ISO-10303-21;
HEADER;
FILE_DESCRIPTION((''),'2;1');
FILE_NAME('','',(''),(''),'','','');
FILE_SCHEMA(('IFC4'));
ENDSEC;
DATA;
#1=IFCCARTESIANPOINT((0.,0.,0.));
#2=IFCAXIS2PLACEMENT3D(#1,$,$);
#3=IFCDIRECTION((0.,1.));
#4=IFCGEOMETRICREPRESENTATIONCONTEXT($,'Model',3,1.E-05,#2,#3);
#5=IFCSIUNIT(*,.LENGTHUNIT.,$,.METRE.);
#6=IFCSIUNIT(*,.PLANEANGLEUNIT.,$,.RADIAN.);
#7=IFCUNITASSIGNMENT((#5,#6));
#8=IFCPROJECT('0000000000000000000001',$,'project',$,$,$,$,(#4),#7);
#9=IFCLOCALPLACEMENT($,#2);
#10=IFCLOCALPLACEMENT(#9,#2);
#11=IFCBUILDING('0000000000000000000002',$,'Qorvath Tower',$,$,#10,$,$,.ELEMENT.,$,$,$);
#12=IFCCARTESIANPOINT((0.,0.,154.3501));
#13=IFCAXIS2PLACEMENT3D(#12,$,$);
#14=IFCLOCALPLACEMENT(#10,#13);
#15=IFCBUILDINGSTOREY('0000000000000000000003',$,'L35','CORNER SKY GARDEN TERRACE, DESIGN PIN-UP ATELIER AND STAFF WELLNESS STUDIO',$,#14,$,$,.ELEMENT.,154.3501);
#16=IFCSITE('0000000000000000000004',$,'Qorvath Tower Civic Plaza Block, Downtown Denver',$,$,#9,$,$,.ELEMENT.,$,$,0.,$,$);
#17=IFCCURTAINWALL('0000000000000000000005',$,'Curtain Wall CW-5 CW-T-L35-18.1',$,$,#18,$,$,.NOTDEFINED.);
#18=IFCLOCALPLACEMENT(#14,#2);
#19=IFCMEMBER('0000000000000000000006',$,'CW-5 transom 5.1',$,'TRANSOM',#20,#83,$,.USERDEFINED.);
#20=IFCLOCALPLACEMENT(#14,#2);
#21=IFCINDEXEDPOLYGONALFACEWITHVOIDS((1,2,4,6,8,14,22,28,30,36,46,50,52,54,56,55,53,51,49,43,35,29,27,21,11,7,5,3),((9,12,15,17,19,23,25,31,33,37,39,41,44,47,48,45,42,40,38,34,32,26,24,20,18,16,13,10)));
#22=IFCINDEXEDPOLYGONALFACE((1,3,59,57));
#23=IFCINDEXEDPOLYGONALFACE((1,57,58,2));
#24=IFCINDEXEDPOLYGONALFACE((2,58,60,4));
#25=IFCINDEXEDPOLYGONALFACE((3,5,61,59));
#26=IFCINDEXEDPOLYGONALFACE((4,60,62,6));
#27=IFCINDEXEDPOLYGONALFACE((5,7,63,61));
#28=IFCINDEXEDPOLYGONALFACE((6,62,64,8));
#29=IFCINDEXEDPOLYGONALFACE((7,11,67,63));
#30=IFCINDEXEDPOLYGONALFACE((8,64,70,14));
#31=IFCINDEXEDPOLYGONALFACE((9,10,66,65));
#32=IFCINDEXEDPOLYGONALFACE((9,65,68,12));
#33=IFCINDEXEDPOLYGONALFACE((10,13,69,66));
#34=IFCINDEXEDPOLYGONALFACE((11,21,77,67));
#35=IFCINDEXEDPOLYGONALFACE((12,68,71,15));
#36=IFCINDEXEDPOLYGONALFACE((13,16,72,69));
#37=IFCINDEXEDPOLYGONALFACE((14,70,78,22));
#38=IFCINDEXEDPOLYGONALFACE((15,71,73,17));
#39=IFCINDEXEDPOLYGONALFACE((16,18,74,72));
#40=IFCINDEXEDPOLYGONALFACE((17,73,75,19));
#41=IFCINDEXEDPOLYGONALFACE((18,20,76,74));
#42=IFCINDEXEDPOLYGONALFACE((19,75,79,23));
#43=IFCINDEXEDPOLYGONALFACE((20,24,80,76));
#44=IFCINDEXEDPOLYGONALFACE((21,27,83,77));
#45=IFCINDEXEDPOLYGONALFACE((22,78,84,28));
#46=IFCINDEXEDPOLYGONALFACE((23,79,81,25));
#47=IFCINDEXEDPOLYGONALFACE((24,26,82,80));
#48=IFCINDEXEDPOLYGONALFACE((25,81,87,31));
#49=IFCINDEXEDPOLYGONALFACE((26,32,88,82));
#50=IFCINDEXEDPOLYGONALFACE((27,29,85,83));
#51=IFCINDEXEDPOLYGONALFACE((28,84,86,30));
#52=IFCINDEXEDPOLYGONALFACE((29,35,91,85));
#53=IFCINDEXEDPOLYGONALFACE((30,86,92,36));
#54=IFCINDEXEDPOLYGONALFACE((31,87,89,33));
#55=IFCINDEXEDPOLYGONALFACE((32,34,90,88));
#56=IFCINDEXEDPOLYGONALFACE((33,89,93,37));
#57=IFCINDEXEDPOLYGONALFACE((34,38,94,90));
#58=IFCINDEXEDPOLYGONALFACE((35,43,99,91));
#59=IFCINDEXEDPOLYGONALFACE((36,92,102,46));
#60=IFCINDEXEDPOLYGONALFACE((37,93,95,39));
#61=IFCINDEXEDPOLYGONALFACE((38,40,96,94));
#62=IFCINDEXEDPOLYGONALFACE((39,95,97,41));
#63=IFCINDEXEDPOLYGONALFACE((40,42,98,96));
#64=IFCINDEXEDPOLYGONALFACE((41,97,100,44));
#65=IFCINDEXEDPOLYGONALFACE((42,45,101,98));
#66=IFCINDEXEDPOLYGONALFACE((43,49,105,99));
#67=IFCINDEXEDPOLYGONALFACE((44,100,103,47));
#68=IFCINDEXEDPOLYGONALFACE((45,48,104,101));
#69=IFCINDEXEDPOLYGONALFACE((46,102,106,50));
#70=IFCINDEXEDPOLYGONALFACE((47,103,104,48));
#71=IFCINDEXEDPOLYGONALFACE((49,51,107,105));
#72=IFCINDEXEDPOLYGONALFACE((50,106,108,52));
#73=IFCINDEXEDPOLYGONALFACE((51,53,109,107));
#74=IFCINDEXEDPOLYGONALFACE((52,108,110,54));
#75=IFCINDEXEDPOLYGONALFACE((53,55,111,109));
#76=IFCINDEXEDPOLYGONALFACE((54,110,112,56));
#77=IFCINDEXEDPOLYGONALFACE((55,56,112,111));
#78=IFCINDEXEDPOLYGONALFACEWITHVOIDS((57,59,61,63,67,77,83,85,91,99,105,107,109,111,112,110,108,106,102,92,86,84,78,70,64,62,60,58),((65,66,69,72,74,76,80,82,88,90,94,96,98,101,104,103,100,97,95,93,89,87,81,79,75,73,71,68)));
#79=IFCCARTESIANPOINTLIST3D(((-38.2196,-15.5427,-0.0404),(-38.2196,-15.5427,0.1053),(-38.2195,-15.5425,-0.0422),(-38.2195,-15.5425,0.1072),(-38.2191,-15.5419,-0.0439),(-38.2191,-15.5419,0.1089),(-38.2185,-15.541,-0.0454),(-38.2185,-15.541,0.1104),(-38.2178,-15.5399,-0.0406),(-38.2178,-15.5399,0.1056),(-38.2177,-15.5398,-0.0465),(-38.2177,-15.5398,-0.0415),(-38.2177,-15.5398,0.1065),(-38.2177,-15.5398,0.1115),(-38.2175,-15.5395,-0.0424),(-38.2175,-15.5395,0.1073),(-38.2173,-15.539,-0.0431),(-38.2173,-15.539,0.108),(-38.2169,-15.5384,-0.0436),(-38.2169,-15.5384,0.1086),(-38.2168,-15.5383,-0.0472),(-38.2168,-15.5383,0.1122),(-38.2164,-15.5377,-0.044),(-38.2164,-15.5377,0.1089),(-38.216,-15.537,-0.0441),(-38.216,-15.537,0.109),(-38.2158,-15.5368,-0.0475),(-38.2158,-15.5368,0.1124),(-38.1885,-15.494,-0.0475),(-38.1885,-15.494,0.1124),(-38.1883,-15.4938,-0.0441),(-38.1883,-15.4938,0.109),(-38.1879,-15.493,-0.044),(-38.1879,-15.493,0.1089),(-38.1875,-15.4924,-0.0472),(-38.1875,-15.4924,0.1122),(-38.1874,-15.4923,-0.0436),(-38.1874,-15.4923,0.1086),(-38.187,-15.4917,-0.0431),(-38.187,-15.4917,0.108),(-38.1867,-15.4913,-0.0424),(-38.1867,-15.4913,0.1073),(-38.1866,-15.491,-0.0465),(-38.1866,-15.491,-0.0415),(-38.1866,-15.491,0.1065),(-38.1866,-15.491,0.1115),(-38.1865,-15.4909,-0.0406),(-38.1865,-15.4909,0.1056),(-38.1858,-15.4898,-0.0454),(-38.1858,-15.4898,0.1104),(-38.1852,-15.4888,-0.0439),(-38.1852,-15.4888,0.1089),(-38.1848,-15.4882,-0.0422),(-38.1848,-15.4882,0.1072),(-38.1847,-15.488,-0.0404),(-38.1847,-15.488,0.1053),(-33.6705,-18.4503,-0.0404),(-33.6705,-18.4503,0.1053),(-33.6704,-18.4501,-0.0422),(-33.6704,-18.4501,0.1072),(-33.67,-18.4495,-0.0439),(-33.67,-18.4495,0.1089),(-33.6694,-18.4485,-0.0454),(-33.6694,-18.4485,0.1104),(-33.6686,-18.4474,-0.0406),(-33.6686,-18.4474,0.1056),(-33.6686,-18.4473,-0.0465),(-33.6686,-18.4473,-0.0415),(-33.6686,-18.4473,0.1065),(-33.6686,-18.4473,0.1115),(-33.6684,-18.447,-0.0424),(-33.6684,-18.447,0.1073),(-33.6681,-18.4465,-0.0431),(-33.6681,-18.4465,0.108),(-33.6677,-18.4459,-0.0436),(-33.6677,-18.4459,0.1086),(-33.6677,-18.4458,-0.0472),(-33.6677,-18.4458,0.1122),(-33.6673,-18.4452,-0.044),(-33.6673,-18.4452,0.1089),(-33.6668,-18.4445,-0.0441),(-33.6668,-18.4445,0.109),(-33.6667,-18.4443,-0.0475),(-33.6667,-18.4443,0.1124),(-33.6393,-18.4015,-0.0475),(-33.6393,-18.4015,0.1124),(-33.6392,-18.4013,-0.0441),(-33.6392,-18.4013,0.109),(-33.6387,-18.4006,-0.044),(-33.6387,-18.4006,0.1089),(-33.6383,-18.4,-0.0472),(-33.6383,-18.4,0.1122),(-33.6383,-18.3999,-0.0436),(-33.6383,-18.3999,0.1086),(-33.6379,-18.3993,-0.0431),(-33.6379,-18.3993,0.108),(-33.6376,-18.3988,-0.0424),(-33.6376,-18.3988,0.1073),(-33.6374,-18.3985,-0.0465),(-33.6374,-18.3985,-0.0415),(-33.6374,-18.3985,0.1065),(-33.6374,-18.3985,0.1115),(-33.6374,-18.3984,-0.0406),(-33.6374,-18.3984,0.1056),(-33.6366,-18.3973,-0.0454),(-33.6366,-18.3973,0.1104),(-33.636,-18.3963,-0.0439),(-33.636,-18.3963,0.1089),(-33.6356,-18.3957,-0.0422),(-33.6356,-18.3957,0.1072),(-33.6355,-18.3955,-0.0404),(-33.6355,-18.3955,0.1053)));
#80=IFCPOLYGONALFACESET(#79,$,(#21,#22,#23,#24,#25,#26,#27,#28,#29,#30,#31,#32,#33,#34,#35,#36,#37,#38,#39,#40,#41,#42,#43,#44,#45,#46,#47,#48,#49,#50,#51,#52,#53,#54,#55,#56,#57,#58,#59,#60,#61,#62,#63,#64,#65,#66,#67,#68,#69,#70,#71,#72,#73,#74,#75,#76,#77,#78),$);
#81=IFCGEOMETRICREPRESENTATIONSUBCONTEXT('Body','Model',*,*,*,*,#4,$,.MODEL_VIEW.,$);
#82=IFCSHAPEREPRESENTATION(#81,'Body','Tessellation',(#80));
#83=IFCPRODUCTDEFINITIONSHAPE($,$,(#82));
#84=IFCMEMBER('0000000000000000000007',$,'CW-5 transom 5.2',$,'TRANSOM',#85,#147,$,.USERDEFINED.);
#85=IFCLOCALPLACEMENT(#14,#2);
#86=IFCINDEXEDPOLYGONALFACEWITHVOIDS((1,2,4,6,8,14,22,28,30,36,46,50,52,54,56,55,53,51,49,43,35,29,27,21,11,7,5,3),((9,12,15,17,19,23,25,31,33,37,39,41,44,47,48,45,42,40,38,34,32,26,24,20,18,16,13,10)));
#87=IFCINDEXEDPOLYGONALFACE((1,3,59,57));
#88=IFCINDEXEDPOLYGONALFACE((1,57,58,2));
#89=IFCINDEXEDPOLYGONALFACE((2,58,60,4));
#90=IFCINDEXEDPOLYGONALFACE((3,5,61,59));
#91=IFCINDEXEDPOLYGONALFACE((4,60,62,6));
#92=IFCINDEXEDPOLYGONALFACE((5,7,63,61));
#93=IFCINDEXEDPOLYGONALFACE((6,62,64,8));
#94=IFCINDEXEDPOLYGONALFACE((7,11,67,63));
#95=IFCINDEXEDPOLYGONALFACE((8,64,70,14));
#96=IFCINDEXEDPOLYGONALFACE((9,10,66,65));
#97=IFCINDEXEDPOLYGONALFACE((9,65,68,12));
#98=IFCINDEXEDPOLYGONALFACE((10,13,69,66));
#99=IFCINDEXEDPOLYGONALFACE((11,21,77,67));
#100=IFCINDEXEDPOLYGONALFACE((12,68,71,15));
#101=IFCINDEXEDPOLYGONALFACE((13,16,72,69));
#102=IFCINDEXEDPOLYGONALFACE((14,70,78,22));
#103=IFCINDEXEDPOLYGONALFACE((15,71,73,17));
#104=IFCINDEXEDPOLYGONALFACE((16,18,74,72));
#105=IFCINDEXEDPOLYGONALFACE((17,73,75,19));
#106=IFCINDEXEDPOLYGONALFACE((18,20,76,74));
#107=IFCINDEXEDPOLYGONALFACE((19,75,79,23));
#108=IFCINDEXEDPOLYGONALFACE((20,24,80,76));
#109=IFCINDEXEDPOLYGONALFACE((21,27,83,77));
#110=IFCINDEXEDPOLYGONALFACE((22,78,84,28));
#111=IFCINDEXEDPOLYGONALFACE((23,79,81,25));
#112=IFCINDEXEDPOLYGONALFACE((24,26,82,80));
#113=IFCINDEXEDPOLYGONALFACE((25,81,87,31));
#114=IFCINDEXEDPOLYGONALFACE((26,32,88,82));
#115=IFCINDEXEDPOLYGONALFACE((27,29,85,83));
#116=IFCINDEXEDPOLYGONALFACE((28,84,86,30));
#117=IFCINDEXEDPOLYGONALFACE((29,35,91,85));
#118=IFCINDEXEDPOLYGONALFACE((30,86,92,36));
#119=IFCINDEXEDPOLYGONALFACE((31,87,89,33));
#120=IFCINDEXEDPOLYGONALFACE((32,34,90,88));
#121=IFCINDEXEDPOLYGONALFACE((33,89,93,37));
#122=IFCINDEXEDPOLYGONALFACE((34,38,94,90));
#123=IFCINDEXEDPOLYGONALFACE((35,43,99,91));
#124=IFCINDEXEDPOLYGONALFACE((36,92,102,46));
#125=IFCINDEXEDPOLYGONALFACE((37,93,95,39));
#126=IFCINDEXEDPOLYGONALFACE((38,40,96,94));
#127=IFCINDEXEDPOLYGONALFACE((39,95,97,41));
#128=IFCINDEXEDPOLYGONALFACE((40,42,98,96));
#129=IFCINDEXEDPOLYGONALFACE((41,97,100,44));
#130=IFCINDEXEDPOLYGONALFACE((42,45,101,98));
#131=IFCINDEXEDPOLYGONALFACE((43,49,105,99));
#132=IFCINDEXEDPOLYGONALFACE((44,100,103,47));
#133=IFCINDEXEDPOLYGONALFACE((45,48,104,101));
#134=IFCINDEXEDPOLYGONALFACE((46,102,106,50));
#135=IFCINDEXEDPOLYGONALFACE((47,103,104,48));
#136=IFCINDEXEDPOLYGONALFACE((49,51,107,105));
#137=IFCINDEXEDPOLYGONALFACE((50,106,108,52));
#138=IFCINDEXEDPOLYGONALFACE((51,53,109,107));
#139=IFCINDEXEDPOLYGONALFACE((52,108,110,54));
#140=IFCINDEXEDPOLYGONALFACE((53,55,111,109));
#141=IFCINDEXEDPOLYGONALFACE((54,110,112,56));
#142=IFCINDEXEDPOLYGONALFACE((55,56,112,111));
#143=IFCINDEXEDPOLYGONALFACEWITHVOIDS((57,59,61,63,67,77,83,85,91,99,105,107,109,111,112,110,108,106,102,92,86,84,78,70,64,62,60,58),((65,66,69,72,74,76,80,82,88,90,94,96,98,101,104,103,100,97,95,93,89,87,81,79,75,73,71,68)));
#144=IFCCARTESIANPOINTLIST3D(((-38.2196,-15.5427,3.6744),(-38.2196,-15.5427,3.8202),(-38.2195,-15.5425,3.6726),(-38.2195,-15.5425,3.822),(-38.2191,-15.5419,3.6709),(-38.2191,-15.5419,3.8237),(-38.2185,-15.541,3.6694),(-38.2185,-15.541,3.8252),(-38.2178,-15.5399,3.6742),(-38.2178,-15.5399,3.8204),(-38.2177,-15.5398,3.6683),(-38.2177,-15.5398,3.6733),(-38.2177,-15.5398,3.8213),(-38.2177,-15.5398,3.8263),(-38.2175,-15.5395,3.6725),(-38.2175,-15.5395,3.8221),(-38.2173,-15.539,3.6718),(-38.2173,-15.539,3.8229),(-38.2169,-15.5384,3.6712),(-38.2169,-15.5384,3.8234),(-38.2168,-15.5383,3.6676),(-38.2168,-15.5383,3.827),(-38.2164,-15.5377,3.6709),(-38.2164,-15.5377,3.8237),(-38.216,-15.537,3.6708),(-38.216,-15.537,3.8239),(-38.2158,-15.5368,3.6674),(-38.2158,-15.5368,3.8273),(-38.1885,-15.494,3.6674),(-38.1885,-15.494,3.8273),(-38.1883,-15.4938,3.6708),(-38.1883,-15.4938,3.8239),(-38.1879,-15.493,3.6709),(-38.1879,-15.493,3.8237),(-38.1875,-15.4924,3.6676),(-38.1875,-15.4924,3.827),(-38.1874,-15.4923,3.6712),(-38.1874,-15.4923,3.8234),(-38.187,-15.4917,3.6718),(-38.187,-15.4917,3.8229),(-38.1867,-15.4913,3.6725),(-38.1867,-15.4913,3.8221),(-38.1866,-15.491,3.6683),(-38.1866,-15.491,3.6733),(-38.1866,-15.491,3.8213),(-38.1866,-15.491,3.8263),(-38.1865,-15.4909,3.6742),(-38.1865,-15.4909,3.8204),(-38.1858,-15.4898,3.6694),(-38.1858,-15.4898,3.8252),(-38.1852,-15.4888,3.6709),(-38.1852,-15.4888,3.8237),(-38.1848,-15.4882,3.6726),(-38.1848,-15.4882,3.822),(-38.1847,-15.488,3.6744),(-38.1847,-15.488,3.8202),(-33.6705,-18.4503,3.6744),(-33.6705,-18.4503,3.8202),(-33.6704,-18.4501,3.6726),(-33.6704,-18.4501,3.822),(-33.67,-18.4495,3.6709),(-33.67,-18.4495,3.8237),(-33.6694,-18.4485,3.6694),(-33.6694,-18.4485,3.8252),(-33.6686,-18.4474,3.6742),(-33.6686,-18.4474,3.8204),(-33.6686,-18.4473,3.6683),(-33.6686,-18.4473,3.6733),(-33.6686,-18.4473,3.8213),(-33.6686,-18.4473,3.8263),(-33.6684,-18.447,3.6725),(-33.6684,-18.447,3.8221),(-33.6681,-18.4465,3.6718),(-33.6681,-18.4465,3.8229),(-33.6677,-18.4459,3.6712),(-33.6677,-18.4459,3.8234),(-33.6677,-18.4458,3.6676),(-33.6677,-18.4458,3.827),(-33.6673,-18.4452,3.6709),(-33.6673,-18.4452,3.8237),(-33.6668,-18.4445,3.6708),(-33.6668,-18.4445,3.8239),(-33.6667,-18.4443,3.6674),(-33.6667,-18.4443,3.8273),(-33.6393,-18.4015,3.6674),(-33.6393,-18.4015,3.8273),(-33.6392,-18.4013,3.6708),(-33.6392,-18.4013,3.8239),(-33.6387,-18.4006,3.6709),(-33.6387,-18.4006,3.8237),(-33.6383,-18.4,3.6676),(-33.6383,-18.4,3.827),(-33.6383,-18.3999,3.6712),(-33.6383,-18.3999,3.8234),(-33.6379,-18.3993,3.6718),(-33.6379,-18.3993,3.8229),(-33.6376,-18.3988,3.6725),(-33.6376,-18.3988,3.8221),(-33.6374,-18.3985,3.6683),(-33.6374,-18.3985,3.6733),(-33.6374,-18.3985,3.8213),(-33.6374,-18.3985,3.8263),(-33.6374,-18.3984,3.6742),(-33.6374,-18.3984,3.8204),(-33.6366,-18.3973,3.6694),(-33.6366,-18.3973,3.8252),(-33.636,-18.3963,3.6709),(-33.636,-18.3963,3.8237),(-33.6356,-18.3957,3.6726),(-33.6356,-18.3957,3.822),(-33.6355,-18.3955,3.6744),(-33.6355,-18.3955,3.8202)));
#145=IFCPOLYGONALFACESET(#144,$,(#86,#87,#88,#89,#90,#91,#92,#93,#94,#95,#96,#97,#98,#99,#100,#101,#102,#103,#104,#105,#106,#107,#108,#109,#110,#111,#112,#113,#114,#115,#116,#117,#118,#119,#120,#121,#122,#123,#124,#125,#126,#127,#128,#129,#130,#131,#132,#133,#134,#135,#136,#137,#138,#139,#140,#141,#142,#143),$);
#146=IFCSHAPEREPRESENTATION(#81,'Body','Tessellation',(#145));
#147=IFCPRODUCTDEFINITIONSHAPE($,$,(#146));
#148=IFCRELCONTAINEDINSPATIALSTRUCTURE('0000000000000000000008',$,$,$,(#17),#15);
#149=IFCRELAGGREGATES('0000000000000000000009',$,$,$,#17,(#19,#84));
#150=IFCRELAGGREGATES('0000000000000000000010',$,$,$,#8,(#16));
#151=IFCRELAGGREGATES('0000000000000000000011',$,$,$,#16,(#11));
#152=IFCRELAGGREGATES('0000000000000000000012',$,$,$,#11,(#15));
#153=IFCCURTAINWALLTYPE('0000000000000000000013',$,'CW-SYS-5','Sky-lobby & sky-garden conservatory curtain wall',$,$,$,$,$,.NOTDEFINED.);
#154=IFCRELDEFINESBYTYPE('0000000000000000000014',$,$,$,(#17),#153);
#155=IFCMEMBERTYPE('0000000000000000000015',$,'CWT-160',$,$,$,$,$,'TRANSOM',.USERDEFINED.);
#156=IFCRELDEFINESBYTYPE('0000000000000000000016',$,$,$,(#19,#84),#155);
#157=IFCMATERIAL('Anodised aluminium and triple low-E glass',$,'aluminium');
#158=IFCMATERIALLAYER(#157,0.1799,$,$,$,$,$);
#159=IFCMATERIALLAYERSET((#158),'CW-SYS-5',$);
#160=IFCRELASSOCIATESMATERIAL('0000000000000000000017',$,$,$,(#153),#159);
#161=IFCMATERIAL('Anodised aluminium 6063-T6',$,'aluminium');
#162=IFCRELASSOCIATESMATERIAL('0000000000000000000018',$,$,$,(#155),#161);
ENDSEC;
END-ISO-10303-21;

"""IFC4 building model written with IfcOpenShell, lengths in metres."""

from ifc_helpers import new_model, si_unit, direction, frame, origin, origin_2d, place, context, subcontext, project, spatial, hollow_rectangle, extrude, material, layer, layer_set, material_profile, profile_set, type_object, element, aggregate, save


model = new_model("IFC4")

# Units and contexts
model_context = context("Model", 3, precision=1e-05, world=origin(), true_north=direction((0.0, 1.0)))
body_context = subcontext(model_context, "Body", "Model", "MODEL_VIEW")
ifc_project = project(units=[si_unit("LENGTHUNIT", "METRE"), si_unit("PLANEANGLEUNIT", "RADIAN")], contexts=[model_context])

# Site, building, storey
site_placement = place(None, origin())
site = spatial("IfcSite", under=ifc_project, at=site_placement, Name="Qorvath Tower Civic Plaza Block, Downtown Denver", CompositionType="ELEMENT", RefElevation=0.0)
building_placement = place(site_placement, origin())
building = spatial("IfcBuilding", under=site, at=building_placement, Name="Qorvath Tower", CompositionType="ELEMENT")
storey_placement = place(building_placement, frame((0.0, 0.0, 154.3501)))
storey = spatial("IfcBuildingStorey", under=building, at=storey_placement, Name="L35", Description="CORNER SKY GARDEN TERRACE, DESIGN PIN-UP ATELIER AND STAFF WELLNESS STUDIO", CompositionType="ELEMENT", Elevation=154.3501)

# Curtain wall, members
ifc_material_1 = material(Name="Anodised aluminium and triple low-E glass", Category="aluminium")
ifc_layer_1 = layer(ifc_material_1, 0.1799)
ifc_layer_set_1 = layer_set([ifc_layer_1], Name="CW-SYS-5")
curtain_wall_type = type_object("IfcCurtainWallType", Name="CW-SYS-5", Description="Sky-lobby & sky-garden conservatory curtain wall", PredefinedType="NOTDEFINED", material=ifc_layer_set_1)
curtain_wall_placement = place(storey_placement, origin())
curtain_wall = element("IfcCurtainWall", 1, at=curtain_wall_placement, inside=storey, type_object=curtain_wall_type, Name="Curtain Wall CW-5 CW-T-L35-18.1", PredefinedType="NOTDEFINED")
ifc_material_2 = material(Name="Anodised aluminium 6063-T6", Category="aluminium")
ifc_material_profile_1 = material_profile(ifc_material_2, hollow_rectangle(XDim=0.0649, YDim=0.1599, WallThickness=0.0034, InnerFilletRadius=0.0034, OuterFilletRadius=0.0071, at=origin_2d()), Name="CWT 160x65")
ifc_profile_set_1 = profile_set([ifc_material_profile_1], Name="Anodised aluminium 6063-T6")
member_type_1 = type_object("IfcMemberType", Name="CWT-160", ElementType="TRANSOM", PredefinedType="USERDEFINED", material=ifc_profile_set_1)
member_1_placement = place(storey_placement, frame((-38.2021, -15.5154, 0.0325), z_axis=(0.842602, -0.538536, 0.0), x_axis=(0.538536, 0.842602, 0.0)))
member_1 = element("IfcMember", 2, at=member_1_placement, type_object=member_type_1, Name="CW-5 transom 5.1", ObjectType="TRANSOM", PredefinedType="USERDEFINED", context=body_context, shape_type="SweptSolid", body=[
    extrude(hollow_rectangle(XDim=0.0649, YDim=0.1599, WallThickness=0.0034, InnerFilletRadius=0.0034, OuterFilletRadius=0.0071, at=origin_2d()), origin(), (0.0, 0.0, 1.0), 5.3989),
])
member_2_placement = place(storey_placement, frame((-38.2021, -15.5154, 3.7473), z_axis=(0.842602, -0.538536, 0.0), x_axis=(0.538536, 0.842602, 0.0)))
member_2 = element("IfcMember", 3, at=member_2_placement, type_object=member_type_1, Name="CW-5 transom 5.2", ObjectType="TRANSOM", PredefinedType="USERDEFINED", context=body_context, shape_type="SweptSolid", body=[
    extrude(hollow_rectangle(XDim=0.0649, YDim=0.1599, WallThickness=0.0034, InnerFilletRadius=0.0034, OuterFilletRadius=0.0071, at=origin_2d()), origin(), (0.0, 0.0, 1.0), 5.3989),
])
aggregate(curtain_wall, [member_1, member_2])

save(model, "model.ifc")
